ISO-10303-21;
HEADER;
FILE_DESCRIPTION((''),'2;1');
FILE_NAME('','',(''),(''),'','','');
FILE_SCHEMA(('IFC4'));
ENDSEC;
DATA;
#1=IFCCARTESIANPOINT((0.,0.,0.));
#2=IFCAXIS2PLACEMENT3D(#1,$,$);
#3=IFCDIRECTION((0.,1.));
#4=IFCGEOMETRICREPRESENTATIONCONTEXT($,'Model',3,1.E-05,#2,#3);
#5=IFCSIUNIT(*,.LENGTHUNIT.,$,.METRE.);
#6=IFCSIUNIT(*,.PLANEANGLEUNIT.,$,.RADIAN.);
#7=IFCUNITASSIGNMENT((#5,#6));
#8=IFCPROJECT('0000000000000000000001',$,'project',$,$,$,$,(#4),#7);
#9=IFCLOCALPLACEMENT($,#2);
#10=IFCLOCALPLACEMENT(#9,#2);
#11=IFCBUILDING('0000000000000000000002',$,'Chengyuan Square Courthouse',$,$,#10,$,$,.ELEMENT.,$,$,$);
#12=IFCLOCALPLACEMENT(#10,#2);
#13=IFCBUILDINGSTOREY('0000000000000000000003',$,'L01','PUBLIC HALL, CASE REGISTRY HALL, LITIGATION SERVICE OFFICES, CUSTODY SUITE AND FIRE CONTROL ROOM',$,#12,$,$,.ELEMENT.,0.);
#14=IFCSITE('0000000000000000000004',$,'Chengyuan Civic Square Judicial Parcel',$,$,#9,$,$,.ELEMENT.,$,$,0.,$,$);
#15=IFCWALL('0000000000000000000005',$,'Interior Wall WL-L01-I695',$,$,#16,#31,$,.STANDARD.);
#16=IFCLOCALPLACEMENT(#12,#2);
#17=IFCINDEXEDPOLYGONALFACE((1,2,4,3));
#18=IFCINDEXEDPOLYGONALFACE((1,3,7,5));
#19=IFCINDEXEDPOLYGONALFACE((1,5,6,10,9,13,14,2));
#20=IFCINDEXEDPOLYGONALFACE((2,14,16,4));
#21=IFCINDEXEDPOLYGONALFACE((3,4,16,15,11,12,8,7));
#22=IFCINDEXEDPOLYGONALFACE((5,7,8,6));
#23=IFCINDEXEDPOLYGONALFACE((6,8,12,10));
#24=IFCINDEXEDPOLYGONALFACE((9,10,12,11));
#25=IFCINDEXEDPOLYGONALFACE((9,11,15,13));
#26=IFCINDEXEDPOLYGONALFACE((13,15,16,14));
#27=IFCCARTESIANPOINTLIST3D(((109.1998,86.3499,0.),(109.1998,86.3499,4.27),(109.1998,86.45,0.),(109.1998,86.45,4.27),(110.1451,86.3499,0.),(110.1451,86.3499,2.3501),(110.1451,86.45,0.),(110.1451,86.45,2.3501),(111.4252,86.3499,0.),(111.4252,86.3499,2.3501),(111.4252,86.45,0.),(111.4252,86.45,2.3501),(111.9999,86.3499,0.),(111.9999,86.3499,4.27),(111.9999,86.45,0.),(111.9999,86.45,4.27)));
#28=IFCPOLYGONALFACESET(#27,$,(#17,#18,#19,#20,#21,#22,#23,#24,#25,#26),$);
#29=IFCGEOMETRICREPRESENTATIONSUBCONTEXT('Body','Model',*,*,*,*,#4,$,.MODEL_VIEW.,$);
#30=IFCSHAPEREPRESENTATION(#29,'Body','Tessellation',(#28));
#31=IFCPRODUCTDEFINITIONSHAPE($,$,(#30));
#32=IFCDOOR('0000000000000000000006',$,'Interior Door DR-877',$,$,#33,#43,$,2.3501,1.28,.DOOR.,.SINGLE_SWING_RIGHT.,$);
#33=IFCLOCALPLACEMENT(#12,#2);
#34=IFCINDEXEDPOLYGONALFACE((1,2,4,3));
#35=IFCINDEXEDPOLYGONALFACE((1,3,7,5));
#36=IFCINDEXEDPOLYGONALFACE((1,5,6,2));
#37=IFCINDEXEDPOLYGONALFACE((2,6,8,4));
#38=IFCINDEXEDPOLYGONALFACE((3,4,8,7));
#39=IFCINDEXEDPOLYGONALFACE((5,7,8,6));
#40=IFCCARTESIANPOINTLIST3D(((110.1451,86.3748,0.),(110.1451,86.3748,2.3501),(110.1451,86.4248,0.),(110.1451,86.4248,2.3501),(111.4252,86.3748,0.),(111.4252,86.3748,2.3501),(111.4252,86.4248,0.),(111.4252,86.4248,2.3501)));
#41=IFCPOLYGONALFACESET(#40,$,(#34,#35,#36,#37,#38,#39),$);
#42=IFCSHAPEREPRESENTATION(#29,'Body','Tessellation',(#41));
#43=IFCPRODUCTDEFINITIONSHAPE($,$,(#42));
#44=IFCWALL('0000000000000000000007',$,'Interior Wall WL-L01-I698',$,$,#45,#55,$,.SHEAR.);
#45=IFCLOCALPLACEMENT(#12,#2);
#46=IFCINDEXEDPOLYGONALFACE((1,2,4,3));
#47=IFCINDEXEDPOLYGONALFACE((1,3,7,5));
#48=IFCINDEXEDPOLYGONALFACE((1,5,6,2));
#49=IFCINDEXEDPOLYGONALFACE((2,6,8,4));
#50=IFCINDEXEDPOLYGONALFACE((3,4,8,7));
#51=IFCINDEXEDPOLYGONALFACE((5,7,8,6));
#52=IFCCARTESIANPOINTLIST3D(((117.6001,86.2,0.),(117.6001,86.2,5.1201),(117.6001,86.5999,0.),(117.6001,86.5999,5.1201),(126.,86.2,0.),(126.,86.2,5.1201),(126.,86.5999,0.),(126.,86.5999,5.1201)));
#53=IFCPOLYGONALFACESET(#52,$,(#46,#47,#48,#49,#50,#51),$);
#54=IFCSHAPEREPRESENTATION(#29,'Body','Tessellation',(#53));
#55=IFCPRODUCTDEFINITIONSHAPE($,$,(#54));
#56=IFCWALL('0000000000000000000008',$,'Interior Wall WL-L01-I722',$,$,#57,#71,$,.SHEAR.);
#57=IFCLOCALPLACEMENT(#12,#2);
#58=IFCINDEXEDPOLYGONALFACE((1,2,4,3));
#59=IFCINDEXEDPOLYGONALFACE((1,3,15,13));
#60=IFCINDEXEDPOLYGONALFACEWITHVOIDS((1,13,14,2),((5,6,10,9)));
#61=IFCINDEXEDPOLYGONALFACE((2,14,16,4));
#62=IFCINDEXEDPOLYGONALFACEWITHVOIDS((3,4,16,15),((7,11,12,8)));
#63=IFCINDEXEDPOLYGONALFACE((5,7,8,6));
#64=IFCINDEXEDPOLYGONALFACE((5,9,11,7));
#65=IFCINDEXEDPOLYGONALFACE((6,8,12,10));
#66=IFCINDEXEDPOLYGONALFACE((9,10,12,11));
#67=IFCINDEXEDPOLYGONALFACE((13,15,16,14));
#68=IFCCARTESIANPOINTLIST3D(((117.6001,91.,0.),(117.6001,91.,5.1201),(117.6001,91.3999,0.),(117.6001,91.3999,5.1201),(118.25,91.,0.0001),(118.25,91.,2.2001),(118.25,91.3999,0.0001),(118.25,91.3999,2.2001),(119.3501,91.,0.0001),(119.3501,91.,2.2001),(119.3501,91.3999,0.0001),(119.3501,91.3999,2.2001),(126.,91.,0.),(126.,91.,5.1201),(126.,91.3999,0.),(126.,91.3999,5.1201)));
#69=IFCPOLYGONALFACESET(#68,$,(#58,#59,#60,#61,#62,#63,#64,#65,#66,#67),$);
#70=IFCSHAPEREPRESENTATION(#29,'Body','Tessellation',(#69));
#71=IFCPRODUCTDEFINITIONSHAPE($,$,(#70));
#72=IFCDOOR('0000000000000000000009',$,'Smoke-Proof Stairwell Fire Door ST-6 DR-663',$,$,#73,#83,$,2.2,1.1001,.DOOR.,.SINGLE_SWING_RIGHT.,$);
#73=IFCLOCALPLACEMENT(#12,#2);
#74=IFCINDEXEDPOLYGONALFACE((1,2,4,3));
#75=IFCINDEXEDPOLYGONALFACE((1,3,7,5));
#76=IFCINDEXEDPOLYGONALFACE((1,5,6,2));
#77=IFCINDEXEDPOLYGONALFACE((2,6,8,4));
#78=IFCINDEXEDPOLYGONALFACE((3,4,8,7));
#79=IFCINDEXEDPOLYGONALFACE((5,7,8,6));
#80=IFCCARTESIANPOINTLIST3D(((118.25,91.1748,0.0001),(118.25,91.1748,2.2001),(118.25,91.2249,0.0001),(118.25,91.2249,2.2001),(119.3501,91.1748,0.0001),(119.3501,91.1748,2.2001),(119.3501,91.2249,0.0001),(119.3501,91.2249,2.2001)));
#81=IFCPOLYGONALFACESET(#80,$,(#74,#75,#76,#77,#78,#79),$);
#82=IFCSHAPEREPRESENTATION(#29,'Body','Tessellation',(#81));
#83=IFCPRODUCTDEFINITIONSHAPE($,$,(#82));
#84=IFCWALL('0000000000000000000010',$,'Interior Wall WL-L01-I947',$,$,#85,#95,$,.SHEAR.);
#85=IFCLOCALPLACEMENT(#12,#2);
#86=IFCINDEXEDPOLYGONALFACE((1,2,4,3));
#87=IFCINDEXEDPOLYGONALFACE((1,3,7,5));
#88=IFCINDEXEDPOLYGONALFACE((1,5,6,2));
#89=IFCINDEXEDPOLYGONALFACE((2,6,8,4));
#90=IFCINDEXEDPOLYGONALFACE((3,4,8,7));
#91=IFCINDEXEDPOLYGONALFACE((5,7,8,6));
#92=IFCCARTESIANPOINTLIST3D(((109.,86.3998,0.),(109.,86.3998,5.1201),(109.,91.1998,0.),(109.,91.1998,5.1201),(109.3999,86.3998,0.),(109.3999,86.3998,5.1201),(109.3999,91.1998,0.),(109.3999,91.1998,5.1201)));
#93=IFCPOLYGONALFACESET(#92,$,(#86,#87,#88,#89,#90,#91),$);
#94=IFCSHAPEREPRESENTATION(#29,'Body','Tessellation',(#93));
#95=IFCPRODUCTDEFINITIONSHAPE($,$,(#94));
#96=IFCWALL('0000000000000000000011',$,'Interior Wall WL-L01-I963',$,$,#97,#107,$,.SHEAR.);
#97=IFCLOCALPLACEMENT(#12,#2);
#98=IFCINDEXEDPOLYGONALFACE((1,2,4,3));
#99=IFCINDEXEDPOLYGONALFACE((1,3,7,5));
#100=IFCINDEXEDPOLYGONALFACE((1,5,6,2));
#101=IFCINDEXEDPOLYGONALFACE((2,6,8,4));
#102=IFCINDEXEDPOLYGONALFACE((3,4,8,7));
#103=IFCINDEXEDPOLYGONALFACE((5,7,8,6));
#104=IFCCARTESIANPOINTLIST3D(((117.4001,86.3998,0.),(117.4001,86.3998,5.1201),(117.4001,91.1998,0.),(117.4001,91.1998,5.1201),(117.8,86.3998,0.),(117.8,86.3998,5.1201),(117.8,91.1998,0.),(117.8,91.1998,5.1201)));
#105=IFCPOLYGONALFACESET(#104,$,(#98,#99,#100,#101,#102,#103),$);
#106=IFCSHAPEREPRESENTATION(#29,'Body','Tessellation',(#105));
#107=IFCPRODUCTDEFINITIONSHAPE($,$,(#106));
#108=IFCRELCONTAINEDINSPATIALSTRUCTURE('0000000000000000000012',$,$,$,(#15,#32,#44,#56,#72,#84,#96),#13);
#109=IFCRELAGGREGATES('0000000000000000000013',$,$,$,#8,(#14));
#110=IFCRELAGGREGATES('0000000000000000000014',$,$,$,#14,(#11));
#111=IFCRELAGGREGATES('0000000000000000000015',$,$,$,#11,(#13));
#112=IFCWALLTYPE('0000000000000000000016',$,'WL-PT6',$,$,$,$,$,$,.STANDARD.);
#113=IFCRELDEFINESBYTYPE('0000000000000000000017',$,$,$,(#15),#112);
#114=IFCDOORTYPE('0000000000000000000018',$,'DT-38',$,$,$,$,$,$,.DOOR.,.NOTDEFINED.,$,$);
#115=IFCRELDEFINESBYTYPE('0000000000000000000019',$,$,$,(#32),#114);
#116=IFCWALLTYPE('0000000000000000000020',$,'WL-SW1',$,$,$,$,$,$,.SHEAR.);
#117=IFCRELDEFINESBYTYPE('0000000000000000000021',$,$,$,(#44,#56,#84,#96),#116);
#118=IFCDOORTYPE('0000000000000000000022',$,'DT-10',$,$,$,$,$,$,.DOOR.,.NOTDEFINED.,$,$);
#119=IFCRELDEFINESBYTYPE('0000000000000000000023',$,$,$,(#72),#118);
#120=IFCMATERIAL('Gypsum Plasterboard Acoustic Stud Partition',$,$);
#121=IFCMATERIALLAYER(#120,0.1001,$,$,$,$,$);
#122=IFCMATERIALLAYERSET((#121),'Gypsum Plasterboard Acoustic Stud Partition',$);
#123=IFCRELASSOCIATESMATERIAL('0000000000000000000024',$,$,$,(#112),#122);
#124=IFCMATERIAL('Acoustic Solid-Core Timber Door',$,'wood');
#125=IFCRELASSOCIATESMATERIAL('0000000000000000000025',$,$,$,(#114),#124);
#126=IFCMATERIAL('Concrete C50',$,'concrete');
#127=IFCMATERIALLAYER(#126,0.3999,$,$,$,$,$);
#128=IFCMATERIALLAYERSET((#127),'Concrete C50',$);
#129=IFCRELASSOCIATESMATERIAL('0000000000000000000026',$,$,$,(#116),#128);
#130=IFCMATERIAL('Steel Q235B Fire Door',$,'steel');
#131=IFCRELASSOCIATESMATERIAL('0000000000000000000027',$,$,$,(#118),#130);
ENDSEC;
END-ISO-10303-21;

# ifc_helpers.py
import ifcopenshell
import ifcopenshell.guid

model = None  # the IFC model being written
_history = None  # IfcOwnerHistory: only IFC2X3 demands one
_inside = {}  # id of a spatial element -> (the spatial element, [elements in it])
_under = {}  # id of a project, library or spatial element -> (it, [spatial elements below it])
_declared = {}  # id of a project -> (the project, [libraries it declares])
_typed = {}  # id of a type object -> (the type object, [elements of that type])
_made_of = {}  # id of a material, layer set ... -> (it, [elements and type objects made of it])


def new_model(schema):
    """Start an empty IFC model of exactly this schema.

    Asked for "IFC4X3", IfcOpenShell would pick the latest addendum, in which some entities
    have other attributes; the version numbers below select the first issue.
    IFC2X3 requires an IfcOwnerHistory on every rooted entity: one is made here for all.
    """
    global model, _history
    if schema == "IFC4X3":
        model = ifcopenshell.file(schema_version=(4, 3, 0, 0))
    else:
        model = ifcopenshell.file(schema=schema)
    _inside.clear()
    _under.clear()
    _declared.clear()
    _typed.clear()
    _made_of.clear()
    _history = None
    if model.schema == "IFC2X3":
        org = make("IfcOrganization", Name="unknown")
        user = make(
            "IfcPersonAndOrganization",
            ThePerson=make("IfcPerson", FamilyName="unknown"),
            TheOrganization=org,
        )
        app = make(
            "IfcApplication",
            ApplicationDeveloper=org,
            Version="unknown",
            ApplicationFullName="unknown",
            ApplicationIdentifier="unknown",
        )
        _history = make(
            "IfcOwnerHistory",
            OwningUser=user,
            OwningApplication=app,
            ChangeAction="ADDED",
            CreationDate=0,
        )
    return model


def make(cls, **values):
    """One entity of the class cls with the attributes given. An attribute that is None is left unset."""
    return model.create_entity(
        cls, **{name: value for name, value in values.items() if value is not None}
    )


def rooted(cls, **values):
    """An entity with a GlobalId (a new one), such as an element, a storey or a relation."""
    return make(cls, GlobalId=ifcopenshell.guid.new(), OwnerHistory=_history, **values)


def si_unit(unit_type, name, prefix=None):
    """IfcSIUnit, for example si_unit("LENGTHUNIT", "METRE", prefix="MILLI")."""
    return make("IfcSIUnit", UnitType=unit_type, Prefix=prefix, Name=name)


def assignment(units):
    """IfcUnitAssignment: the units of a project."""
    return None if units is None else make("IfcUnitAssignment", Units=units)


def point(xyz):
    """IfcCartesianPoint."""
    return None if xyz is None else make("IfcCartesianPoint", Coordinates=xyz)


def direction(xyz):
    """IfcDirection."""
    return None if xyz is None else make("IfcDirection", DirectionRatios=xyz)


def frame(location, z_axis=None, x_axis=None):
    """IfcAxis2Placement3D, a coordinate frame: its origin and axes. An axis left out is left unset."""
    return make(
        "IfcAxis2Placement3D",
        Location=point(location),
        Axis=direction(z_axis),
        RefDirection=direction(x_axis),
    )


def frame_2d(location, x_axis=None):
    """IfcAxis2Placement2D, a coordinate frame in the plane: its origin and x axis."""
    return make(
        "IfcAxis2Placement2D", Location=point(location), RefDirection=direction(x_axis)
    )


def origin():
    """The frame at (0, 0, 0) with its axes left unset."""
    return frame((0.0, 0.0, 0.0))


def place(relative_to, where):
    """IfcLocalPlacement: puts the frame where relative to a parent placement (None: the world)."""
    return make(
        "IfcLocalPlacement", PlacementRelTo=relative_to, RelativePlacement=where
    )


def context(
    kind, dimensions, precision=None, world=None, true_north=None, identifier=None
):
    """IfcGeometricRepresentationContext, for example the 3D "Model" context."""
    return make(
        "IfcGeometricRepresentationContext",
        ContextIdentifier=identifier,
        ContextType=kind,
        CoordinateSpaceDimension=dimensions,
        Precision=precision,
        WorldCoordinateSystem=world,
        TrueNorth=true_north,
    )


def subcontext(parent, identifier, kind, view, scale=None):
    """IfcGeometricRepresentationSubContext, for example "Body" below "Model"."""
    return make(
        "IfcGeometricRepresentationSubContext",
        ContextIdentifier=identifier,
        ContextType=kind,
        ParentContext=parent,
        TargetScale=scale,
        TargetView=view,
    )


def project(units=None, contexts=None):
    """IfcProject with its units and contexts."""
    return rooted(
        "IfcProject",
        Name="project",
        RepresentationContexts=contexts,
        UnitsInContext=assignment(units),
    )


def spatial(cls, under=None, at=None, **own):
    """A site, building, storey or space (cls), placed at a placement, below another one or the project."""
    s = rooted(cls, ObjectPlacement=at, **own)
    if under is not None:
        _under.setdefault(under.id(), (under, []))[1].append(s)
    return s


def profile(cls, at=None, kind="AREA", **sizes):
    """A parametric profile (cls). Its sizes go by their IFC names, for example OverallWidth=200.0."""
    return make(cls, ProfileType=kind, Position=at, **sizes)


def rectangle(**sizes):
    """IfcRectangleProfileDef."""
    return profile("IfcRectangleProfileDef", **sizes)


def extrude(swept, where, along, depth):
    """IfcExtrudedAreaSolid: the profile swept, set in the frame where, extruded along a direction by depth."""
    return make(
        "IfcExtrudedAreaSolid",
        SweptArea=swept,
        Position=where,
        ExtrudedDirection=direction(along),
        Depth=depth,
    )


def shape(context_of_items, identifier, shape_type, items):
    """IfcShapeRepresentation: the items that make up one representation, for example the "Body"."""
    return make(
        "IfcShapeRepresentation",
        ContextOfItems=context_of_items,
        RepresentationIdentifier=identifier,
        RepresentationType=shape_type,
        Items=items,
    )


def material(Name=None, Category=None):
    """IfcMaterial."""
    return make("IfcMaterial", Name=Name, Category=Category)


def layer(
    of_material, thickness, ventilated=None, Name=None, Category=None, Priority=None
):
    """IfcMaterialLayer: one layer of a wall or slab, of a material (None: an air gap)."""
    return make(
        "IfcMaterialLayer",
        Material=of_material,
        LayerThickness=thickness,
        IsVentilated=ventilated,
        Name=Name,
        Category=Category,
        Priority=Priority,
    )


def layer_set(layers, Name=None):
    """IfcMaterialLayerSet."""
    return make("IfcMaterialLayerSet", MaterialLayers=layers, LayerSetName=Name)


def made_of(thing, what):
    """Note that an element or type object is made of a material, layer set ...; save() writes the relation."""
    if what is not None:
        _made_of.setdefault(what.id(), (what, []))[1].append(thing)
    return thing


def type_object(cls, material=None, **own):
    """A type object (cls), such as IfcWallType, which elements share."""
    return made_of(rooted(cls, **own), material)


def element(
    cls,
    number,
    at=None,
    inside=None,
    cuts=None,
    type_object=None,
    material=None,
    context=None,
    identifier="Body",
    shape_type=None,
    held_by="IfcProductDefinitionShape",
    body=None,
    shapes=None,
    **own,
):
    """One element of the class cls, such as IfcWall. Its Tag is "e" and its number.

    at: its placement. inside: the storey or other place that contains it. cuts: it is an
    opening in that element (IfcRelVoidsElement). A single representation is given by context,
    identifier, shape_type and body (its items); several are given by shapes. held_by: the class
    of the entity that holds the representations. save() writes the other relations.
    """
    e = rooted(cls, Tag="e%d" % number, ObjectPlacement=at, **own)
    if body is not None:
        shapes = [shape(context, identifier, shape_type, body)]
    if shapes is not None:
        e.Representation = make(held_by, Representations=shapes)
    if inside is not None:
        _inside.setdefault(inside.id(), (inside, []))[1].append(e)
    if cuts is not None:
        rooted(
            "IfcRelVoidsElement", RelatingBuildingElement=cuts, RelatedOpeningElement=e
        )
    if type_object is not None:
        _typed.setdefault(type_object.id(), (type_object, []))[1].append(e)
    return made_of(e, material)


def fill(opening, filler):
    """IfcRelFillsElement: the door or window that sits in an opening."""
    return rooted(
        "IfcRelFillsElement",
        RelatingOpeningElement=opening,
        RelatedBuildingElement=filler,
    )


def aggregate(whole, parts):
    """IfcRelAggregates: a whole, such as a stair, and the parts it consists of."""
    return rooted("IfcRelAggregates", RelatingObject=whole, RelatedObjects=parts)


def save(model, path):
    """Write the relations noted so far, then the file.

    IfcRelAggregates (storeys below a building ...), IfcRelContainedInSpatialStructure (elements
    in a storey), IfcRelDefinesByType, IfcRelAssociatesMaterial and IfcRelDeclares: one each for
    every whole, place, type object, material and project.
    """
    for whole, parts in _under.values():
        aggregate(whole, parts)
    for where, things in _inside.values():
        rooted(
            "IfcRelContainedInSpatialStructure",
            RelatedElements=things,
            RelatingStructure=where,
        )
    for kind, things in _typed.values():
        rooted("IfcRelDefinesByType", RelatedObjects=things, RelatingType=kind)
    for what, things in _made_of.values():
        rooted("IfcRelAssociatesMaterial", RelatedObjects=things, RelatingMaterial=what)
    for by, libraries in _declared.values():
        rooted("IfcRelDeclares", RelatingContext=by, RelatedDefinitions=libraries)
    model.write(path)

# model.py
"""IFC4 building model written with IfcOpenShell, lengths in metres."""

from ifc_helpers import new_model, si_unit, direction, frame, frame_2d, origin, place, context, subcontext, project, spatial, rectangle, extrude, material, layer, layer_set, type_object, element, fill, save


model = new_model("IFC4")

# Units and contexts
model_context = context("Model", 3, precision=1e-05, world=origin(), true_north=direction((0.0, 1.0)))
body_context = subcontext(model_context, "Body", "Model", "MODEL_VIEW")
ifc_project = project(units=[si_unit("LENGTHUNIT", "METRE"), si_unit("PLANEANGLEUNIT", "RADIAN")], contexts=[model_context])

# Site, building, storey
site_placement = place(None, origin())
site = spatial("IfcSite", under=ifc_project, at=site_placement, Name="Chengyuan Civic Square Judicial Parcel", CompositionType="ELEMENT", RefElevation=0.0)
building_placement = place(site_placement, origin())
building = spatial("IfcBuilding", under=site, at=building_placement, Name="Chengyuan Square Courthouse", CompositionType="ELEMENT")
storey_placement = place(building_placement, origin())
storey = spatial("IfcBuildingStorey", under=building, at=storey_placement, Name="L01", Description="PUBLIC HALL, CASE REGISTRY HALL, LITIGATION SERVICE OFFICES, CUSTODY SUITE AND FIRE CONTROL ROOM", CompositionType="ELEMENT", Elevation=0.0)

# Shared definitions
ifc_material_1 = material(Name="Concrete C50", Category="concrete")

# Shared definitions
ifc_material_2 = material(Name="Steel Q235B Fire Door", Category="steel")

# Wall, opening, door
ifc_material_3 = material(Name="Gypsum Plasterboard Acoustic Stud Partition")
ifc_layer_1 = layer(ifc_material_3, 0.1001)
ifc_layer_set_1 = layer_set([ifc_layer_1], Name="Gypsum Plasterboard Acoustic Stud Partition")
wall_type_1 = type_object("IfcWallType", Name="WL-PT6", PredefinedType="STANDARD", material=ifc_layer_set_1)
wall_1_placement = place(storey_placement, frame((109.2, 86.3999, 0.0), z_axis=(0.0, 0.0, 1.0), x_axis=(1.0, 0.0, 0.0)))
wall_1 = element("IfcWall", 1, at=wall_1_placement, inside=storey, type_object=wall_type_1, Name="Interior Wall WL-L01-I695", PredefinedType="STANDARD", context=body_context, shape_type="SweptSolid", body=[
    extrude(rectangle(XDim=2.8, YDim=0.1001, at=frame_2d((1.3999, 0.0))), origin(), (0.0, 0.0, 1.0), 4.27),
])
opening_1_placement = place(wall_1_placement, frame((0.9451, 0.0, 0.0)))
opening_1 = element("IfcOpeningElement", 2, at=opening_1_placement, cuts=wall_1, PredefinedType="OPENING", context=body_context, shape_type="SweptSolid", body=[
    extrude(rectangle(XDim=1.28, YDim=2.3501, at=frame_2d((0.6401, 1.175))), frame((0.0, 0.062, 0.0), z_axis=(0.0, -1.0, 0.0), x_axis=(1.0, 0.0, 0.0)), (0.0, 0.0, 1.0), 0.124),
])
ifc_material_4 = material(Name="Acoustic Solid-Core Timber Door", Category="wood")
door_type_1 = type_object("IfcDoorType", Name="DT-38", OperationType="NOTDEFINED", PredefinedType="DOOR", material=ifc_material_4)
door_1_placement = place(opening_1_placement, origin())
door_1 = element("IfcDoor", 3, at=door_1_placement, inside=storey, type_object=door_type_1, Name="Interior Door DR-877", OperationType="SINGLE_SWING_RIGHT", OverallHeight=2.3501, OverallWidth=1.28, PredefinedType="DOOR", context=body_context, shape_type="SweptSolid", body=[
    extrude(rectangle(XDim=1.28, YDim=2.3501, at=frame_2d((0.6401, 1.175))), frame((0.0, 0.0249, 0.0), z_axis=(0.0, -1.0, 0.0), x_axis=(1.0, 0.0, 0.0)), (0.0, 0.0, 1.0), 0.05),
])
fill(opening_1, door_1)

# Wall
ifc_layer_2 = layer(ifc_material_1, 0.3999)
ifc_layer_set_2 = layer_set([ifc_layer_2], Name="Concrete C50")
wall_type_2 = type_object("IfcWallType", Name="WL-SW1", PredefinedType="SHEAR", material=ifc_layer_set_2)
wall_2_placement = place(storey_placement, frame((117.6001, 86.3999, 0.0), z_axis=(0.0, 0.0, 1.0), x_axis=(1.0, 0.0, 0.0)))
element("IfcWall", 4, at=wall_2_placement, inside=storey, type_object=wall_type_2, Name="Interior Wall WL-L01-I698", PredefinedType="SHEAR", context=body_context, shape_type="SweptSolid", body=[
    extrude(rectangle(XDim=8.3999, YDim=0.3999, at=frame_2d((4.2, 0.0))), origin(), (0.0, 0.0, 1.0), 5.1201),
])

# Wall, opening, door
wall_3_placement = place(storey_placement, frame((117.6001, 91.2, 0.0), z_axis=(0.0, 0.0, 1.0), x_axis=(1.0, 0.0, 0.0)))
wall_3 = element("IfcWall", 5, at=wall_3_placement, inside=storey, type_object=wall_type_2, Name="Interior Wall WL-L01-I722", PredefinedType="SHEAR", context=body_context, shape_type="SweptSolid", body=[
    extrude(rectangle(XDim=8.3999, YDim=0.3999, at=frame_2d((4.2, 0.0))), origin(), (0.0, 0.0, 1.0), 5.1201),
])
opening_2_placement = place(wall_3_placement, frame((0.6499, 0.0, 0.0)))
opening_2 = element("IfcOpeningElement", 6, at=opening_2_placement, cuts=wall_3, PredefinedType="OPENING", context=body_context, shape_type="SweptSolid", body=[
    extrude(rectangle(XDim=1.1001, YDim=2.2, at=frame_2d((0.55, 1.1001))), frame((0.0, 0.2119, 0.0), z_axis=(0.0, -1.0, 0.0), x_axis=(1.0, 0.0, 0.0)), (0.0, 0.0, 1.0), 0.4238),
])
door_type_2 = type_object("IfcDoorType", Name="DT-10", OperationType="NOTDEFINED", PredefinedType="DOOR", material=ifc_material_2)
door_2_placement = place(opening_2_placement, origin())
door_2 = element("IfcDoor", 7, at=door_2_placement, inside=storey, type_object=door_type_2, Name="Smoke-Proof Stairwell Fire Door ST-6 DR-663", OperationType="SINGLE_SWING_RIGHT", OverallHeight=2.2, OverallWidth=1.1001, PredefinedType="DOOR", context=body_context, shape_type="SweptSolid", body=[
    extrude(rectangle(XDim=1.1001, YDim=2.2, at=frame_2d((0.55, 1.1001))), frame((0.0, 0.0249, 0.0), z_axis=(0.0, -1.0, 0.0), x_axis=(1.0, 0.0, 0.0)), (0.0, 0.0, 1.0), 0.05),
])
fill(opening_2, door_2)

# Walls
for number, where, z_axis, x_axis, name in (
    (8, (109.2, 86.3999, 0.0), (0.0, 0.0, 1.0), (0.0, 1.0, 0.0), "Interior Wall WL-L01-I947"),
    (9, (117.6001, 86.3999, 0.0), (0.0, 0.0, 1.0), (0.0, 1.0, 0.0), "Interior Wall WL-L01-I963"),
):
    element("IfcWall", number, at=place(storey_placement, frame(where, z_axis=z_axis, x_axis=x_axis)), inside=storey, type_object=wall_type_2, Name=name, PredefinedType="SHEAR", context=body_context, shape_type="SweptSolid", body=[
        extrude(rectangle(XDim=4.8, YDim=0.3999, at=frame_2d((2.3999, 0.0))), origin(), (0.0, 0.0, 1.0), 5.1201),
    ])

save(model, "model.ifc")
